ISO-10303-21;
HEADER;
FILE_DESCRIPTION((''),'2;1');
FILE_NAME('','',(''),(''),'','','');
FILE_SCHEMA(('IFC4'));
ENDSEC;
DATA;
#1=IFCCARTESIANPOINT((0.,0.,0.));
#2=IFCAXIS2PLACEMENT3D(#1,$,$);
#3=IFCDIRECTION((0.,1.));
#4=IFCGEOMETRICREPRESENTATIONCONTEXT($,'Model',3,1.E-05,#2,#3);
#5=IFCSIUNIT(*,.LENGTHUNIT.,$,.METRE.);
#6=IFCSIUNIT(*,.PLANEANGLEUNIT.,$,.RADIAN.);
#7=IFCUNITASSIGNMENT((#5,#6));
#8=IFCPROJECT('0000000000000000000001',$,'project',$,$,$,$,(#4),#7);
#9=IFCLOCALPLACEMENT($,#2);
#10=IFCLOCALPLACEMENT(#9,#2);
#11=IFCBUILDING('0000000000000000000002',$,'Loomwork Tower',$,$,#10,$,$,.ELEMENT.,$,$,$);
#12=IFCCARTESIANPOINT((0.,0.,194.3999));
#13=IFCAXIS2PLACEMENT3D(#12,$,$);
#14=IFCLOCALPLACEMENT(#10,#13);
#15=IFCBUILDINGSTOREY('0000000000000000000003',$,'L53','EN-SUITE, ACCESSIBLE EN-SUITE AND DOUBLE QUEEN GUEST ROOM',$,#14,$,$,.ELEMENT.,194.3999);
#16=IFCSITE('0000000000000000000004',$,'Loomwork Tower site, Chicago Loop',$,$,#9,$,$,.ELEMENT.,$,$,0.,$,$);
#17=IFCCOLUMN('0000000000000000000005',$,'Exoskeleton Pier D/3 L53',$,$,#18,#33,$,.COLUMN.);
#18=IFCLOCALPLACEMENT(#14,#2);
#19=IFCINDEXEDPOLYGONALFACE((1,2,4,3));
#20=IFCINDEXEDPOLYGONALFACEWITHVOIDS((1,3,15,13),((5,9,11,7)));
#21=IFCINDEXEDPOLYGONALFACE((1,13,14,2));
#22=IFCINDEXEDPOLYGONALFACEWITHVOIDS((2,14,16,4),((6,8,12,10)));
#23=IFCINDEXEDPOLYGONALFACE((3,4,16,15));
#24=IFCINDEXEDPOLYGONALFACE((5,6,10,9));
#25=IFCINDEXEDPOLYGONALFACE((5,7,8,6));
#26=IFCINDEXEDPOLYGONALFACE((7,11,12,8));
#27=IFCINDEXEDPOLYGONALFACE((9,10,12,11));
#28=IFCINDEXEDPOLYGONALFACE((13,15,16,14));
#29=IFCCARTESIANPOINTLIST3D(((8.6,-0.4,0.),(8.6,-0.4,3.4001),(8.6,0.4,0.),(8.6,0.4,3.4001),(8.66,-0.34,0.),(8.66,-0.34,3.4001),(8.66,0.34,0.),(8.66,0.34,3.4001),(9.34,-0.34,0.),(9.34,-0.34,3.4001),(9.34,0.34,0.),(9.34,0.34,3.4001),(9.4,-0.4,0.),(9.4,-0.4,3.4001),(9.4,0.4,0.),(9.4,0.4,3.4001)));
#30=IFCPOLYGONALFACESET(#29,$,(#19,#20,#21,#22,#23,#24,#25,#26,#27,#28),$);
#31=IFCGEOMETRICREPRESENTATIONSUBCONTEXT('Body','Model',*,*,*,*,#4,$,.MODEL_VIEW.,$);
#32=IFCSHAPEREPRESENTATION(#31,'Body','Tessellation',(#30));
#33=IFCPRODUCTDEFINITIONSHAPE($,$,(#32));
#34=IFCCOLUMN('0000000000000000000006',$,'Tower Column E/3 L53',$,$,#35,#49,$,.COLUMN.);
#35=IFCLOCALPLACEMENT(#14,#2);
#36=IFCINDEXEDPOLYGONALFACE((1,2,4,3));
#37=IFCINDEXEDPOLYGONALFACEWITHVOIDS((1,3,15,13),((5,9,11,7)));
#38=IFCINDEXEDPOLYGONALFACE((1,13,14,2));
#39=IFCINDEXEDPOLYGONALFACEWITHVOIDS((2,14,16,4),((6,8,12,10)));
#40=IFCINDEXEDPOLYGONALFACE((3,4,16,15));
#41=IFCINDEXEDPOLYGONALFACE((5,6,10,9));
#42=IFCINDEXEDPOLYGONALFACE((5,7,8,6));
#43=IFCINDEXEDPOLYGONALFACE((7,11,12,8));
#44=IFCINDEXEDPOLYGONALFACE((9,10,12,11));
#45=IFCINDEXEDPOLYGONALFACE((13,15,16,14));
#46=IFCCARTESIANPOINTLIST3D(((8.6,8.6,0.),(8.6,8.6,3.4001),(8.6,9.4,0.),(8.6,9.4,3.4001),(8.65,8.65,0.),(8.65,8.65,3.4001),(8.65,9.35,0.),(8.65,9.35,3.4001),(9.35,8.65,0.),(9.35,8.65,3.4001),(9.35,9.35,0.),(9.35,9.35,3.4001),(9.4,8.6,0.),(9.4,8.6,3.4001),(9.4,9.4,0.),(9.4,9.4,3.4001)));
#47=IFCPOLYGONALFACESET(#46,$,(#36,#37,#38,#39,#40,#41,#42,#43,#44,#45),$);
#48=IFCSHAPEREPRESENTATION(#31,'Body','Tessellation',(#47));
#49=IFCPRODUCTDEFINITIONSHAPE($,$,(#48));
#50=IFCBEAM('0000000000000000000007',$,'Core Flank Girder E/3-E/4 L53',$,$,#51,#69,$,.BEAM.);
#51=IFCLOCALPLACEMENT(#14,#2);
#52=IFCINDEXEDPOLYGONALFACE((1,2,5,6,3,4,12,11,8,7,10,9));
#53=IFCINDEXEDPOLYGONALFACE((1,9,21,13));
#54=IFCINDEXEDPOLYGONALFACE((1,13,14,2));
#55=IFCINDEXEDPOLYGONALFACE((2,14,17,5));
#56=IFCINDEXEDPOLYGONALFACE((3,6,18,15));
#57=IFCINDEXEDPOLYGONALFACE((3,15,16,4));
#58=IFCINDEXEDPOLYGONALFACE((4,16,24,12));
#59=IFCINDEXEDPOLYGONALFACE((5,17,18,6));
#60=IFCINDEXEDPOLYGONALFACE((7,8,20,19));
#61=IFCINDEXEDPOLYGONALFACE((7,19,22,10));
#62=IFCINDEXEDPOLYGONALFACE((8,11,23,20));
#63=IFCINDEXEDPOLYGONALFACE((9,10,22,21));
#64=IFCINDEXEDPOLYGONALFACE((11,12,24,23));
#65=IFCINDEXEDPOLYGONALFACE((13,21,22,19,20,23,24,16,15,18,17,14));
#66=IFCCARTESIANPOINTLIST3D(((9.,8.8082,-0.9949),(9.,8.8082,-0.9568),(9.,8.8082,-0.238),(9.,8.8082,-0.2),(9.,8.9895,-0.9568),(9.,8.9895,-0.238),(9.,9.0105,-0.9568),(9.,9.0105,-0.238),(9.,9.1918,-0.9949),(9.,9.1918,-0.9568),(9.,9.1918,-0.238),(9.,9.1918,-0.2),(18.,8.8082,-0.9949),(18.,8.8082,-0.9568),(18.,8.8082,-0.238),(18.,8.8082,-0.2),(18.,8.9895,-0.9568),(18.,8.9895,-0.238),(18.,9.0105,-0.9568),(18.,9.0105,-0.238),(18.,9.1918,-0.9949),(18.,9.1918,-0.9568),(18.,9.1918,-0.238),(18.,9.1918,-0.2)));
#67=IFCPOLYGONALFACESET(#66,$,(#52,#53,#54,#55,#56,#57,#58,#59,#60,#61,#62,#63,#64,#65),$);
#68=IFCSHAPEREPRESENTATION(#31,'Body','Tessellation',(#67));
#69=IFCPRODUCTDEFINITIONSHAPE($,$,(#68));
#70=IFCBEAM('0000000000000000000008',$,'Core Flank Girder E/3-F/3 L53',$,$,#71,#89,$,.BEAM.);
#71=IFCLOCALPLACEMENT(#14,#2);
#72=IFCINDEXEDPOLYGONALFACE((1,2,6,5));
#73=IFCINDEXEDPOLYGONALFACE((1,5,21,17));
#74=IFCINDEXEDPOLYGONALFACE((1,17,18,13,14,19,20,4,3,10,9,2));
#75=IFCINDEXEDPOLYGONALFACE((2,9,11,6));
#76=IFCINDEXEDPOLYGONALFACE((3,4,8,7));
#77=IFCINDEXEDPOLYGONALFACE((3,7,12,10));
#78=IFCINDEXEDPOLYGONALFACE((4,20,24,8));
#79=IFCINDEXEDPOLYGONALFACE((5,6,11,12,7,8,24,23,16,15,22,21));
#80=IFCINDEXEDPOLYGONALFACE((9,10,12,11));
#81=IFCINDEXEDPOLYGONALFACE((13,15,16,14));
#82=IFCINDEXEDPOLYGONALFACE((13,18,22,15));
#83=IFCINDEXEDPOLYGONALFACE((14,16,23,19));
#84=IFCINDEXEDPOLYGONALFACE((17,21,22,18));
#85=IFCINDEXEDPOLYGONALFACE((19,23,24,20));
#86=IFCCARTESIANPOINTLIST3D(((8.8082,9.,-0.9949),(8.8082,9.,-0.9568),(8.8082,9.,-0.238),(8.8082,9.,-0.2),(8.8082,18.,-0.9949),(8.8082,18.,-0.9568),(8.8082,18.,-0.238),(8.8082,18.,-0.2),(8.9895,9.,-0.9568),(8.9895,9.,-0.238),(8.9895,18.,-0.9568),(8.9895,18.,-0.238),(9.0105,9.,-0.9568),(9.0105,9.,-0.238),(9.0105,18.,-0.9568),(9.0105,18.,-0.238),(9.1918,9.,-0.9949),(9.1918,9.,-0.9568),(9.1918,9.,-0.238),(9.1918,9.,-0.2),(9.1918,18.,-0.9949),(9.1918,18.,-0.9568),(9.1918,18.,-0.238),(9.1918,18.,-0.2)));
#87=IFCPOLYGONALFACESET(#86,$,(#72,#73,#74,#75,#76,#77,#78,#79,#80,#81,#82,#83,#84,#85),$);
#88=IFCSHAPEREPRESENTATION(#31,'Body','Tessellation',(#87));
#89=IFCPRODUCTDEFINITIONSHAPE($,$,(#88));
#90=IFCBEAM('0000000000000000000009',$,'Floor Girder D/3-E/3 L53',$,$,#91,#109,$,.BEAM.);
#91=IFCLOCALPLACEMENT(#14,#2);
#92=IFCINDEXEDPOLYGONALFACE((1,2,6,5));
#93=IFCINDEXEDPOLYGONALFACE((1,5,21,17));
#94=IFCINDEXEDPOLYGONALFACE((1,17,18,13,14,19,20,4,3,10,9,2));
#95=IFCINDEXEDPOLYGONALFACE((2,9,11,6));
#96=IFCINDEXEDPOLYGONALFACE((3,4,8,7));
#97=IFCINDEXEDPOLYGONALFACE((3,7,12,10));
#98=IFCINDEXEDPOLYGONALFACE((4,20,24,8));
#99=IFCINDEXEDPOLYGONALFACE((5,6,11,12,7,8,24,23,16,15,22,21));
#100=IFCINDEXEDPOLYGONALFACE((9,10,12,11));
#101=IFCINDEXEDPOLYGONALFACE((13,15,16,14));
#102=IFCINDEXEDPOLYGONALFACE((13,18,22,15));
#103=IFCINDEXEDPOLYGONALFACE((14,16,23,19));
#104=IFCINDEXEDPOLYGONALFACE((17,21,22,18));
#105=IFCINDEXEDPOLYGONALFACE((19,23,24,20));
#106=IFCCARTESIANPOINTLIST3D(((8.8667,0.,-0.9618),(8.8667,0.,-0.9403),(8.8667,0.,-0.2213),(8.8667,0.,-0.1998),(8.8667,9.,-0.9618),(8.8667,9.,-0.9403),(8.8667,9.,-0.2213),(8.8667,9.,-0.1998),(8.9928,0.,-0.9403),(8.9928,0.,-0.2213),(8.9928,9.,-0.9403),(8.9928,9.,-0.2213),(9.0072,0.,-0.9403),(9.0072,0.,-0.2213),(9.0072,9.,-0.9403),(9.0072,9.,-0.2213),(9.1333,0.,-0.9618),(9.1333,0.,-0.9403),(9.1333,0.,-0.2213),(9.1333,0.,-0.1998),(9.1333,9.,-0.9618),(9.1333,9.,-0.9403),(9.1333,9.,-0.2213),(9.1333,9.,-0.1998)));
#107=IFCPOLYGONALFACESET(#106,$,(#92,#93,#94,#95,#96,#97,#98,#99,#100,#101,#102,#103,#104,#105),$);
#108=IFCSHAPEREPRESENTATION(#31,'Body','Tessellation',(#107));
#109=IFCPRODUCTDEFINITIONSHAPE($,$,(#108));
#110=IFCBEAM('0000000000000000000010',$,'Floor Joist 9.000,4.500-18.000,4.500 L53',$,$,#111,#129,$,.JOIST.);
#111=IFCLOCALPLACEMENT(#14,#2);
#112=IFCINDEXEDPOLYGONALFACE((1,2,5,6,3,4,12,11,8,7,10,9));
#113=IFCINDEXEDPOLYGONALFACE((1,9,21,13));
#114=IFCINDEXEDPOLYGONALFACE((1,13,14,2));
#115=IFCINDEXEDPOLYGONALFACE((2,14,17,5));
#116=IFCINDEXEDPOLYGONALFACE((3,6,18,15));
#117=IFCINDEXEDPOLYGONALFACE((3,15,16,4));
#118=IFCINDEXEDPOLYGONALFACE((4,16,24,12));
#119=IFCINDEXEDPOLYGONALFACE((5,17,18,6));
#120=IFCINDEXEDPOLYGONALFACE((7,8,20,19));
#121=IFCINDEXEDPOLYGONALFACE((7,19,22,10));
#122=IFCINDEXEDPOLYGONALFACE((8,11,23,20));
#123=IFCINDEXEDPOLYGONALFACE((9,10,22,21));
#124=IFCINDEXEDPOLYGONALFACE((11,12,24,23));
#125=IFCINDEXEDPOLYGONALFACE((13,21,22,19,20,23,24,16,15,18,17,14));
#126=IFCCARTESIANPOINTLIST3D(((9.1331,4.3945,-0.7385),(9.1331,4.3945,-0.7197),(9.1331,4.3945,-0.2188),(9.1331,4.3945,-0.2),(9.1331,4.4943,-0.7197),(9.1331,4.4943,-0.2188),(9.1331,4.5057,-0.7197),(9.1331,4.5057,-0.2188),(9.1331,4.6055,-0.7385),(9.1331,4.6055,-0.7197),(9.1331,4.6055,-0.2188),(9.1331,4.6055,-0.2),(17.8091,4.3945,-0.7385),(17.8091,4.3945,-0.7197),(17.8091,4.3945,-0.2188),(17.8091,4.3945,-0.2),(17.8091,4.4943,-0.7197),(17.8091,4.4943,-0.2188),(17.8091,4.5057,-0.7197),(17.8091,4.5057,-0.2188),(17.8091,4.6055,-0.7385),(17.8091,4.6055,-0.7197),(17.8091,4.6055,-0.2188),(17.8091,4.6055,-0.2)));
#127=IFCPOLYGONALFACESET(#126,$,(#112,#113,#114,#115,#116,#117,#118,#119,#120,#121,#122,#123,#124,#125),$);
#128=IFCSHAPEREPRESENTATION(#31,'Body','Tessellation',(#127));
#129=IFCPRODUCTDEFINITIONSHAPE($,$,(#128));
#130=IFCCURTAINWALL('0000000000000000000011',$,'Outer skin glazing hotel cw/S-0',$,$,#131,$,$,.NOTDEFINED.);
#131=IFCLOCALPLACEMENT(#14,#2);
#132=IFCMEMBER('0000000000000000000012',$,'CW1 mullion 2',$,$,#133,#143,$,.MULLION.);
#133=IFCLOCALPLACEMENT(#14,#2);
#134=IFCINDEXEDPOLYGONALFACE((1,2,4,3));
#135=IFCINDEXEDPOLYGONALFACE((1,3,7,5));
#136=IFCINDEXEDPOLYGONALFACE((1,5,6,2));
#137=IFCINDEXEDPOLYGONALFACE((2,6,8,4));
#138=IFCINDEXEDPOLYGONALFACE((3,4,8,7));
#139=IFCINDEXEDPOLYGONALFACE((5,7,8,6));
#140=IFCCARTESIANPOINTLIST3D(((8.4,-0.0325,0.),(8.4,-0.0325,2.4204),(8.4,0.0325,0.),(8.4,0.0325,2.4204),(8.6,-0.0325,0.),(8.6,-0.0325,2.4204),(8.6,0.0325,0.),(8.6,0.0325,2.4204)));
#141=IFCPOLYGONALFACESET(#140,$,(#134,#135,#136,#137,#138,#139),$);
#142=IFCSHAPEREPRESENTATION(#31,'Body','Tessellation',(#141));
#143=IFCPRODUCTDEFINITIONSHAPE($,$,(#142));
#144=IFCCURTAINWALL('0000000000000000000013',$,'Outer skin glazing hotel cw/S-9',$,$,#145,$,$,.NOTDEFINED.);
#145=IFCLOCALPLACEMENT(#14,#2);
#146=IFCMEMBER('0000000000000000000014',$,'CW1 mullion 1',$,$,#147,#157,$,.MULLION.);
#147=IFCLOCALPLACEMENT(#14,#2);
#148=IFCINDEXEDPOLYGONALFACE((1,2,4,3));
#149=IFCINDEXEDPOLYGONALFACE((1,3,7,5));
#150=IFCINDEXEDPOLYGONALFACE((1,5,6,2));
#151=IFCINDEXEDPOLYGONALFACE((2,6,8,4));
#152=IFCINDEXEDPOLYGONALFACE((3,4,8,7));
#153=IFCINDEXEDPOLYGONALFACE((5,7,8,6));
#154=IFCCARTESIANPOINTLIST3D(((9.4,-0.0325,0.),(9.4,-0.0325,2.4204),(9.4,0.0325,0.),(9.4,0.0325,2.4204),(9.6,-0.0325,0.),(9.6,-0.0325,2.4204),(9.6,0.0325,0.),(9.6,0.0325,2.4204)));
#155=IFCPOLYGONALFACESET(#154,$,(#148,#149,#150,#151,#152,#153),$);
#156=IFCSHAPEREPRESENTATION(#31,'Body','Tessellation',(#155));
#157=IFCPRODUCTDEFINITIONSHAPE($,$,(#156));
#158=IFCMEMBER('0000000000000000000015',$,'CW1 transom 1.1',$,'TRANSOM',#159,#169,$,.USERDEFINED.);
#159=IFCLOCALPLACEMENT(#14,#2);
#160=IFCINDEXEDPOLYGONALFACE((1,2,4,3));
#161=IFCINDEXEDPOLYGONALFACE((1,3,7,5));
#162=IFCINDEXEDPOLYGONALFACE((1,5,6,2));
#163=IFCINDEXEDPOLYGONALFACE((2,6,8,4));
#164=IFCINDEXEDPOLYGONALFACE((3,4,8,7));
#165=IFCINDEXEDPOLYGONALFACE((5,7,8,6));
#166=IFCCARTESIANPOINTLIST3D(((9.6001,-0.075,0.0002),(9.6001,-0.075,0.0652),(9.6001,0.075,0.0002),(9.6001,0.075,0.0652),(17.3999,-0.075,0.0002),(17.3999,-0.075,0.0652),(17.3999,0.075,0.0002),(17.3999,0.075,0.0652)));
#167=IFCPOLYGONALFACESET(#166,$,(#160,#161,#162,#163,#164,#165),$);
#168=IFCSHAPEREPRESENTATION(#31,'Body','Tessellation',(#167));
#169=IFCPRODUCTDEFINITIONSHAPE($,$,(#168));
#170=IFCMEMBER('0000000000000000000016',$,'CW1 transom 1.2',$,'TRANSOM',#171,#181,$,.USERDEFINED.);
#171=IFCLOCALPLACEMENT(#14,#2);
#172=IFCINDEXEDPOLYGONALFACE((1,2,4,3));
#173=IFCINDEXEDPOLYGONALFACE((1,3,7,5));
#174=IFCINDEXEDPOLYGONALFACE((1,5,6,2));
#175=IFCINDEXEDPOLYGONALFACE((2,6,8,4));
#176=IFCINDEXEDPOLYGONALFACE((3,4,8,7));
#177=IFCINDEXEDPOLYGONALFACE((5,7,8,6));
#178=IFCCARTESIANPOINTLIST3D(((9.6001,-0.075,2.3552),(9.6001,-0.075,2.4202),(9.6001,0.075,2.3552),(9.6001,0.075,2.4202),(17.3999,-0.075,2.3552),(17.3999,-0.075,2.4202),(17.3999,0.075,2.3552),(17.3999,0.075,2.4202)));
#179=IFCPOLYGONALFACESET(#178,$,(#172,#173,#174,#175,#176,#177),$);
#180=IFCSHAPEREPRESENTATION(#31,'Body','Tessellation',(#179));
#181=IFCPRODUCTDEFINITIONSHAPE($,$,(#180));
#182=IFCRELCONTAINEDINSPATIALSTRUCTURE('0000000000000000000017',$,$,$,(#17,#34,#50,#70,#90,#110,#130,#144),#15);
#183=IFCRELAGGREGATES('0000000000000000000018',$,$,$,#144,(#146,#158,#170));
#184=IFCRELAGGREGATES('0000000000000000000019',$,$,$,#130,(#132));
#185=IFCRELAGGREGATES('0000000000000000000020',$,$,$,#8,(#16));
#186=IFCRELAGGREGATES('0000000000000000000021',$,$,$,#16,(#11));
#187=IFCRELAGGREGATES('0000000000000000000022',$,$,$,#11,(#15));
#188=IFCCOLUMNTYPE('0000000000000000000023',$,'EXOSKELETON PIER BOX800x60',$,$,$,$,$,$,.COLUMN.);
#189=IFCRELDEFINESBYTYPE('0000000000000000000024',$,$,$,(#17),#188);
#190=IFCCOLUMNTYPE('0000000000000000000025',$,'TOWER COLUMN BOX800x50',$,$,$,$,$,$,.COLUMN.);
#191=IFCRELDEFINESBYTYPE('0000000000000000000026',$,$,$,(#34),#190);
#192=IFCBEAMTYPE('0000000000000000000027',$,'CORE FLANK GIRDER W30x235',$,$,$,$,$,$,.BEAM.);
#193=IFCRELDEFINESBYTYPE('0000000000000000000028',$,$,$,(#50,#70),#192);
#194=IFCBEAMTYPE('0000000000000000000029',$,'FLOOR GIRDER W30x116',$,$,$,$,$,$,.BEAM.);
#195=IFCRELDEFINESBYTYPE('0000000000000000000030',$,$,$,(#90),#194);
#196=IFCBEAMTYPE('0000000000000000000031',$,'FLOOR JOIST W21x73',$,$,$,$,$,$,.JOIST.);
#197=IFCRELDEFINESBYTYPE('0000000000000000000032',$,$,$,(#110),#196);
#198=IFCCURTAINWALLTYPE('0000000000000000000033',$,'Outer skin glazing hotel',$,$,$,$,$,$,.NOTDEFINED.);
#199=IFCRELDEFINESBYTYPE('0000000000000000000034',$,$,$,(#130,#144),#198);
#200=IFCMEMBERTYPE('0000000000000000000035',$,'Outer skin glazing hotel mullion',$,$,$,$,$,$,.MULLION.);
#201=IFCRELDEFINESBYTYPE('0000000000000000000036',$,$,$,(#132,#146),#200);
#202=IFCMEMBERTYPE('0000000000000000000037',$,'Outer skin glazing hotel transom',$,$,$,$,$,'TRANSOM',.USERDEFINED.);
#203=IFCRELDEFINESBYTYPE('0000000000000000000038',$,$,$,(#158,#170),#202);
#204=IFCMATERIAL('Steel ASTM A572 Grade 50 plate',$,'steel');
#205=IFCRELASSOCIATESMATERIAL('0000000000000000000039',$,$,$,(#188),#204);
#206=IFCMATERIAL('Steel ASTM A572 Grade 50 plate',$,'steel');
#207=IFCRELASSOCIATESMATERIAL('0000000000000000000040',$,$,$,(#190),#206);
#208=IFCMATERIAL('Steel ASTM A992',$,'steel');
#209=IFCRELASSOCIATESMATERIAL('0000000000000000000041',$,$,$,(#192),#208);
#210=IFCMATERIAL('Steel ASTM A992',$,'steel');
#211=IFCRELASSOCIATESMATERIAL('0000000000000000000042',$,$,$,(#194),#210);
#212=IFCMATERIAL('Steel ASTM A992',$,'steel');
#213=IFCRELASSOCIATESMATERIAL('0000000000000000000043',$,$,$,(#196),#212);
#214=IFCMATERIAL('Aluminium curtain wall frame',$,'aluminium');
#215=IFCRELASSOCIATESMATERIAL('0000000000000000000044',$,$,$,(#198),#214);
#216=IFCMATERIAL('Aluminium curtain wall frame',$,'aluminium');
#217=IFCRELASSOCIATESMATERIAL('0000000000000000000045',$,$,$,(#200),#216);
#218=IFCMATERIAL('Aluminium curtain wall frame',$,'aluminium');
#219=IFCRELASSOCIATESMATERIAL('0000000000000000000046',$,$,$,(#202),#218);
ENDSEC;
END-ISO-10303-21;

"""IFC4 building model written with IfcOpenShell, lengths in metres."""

from ifc_helpers import new_model, si_unit, direction, frame, origin, origin_2d, place, context, subcontext, project, spatial, rectangle, hollow_rectangle, i_section, extrude, material, material_profile, profile_set, type_object, element, aggregate, save


model = new_model("IFC4")

# Units and contexts
model_context = context("Model", 3, precision=1e-05, world=origin(), true_north=direction((0.0, 1.0)))
body_context = subcontext(model_context, "Body", "Model", "MODEL_VIEW")
ifc_project = project(units=[si_unit("LENGTHUNIT", "METRE"), si_unit("PLANEANGLEUNIT", "RADIAN")], contexts=[model_context])

# Site, building, storey
site_placement = place(None, origin())
site = spatial("IfcSite", under=ifc_project, at=site_placement, Name="Loomwork Tower site, Chicago Loop", CompositionType="ELEMENT", RefElevation=0.0)
building_placement = place(site_placement, origin())
building = spatial("IfcBuilding", under=site, at=building_placement, Name="Loomwork Tower", CompositionType="ELEMENT")
storey_placement = place(building_placement, frame((0.0, 0.0, 194.3999)))
storey = spatial("IfcBuildingStorey", under=building, at=storey_placement, Name="L53", Description="EN-SUITE, ACCESSIBLE EN-SUITE AND DOUBLE QUEEN GUEST ROOM", CompositionType="ELEMENT", Elevation=194.3999)

# Columns
ifc_material_1 = material(Name="Steel ASTM A572 Grade 50 plate", Category="steel")
ifc_material_profile_1 = material_profile(ifc_material_1, hollow_rectangle(XDim=0.8, YDim=0.8, WallThickness=0.0601, at=origin_2d()), Name="BOX800x60")
ifc_profile_set_1 = profile_set([ifc_material_profile_1], Name="Steel ASTM A572 Grade 50 plate")
column_type_1 = type_object("IfcColumnType", Name="EXOSKELETON PIER BOX800x60", PredefinedType="COLUMN", material=ifc_profile_set_1)
column_1_placement = place(storey_placement, frame((9.0, 0.0, 0.0), z_axis=(0.0, 0.0, 1.0), x_axis=(1.0, 0.0, 0.0)))
element("IfcColumn", 1, at=column_1_placement, inside=storey, type_object=column_type_1, Name="Exoskeleton Pier D/3 L53", PredefinedType="COLUMN", context=body_context, shape_type="SweptSolid", body=[
    extrude(hollow_rectangle(XDim=0.8, YDim=0.8, WallThickness=0.0601, at=origin_2d()), origin(), (0.0, 0.0, 1.0), 3.4001),
])
ifc_material_2 = material(Name="Steel ASTM A572 Grade 50 plate", Category="steel")
ifc_material_profile_2 = material_profile(ifc_material_2, hollow_rectangle(XDim=0.8, YDim=0.8, WallThickness=0.05, at=origin_2d()), Name="BOX800x50")
ifc_profile_set_2 = profile_set([ifc_material_profile_2], Name="Steel ASTM A572 Grade 50 plate")
column_type_2 = type_object("IfcColumnType", Name="TOWER COLUMN BOX800x50", PredefinedType="COLUMN", material=ifc_profile_set_2)
column_2_placement = place(storey_placement, frame((9.0, 9.0, 0.0), z_axis=(0.0, 0.0, 1.0), x_axis=(1.0, 0.0, 0.0)))
element("IfcColumn", 2, at=column_2_placement, inside=storey, type_object=column_type_2, Name="Tower Column E/3 L53", PredefinedType="COLUMN", context=body_context, shape_type="SweptSolid", body=[
    extrude(hollow_rectangle(XDim=0.8, YDim=0.8, WallThickness=0.05, at=origin_2d()), origin(), (0.0, 0.0, 1.0), 3.4001),
])

# Beams
ifc_material_3 = material(Name="Steel ASTM A992", Category="steel")
ifc_material_profile_3 = material_profile(ifc_material_3, i_section(OverallWidth=0.3835, OverallDepth=0.7949, WebThickness=0.021, FlangeThickness=0.0381, at=origin_2d()), Name="W30x235")
ifc_profile_set_3 = profile_set([ifc_material_profile_3], Name="Steel ASTM A992")
beam_type_1 = type_object("IfcBeamType", Name="CORE FLANK GIRDER W30x235", PredefinedType="BEAM", material=ifc_profile_set_3)
for number, where, z_axis, x_axis, name in (
    (3, (9.0, 9.0, -0.5974), (1.0, 0.0, 0.0), (0.0, 1.0, 0.0), "Core Flank Girder E/3-E/4 L53"),
    (4, (9.0, 9.0, -0.5974), (0.0, 1.0, 0.0), (-1.0, 0.0, 0.0), "Core Flank Girder E/3-F/3 L53"),
):
    element("IfcBeam", number, at=place(storey_placement, frame(where, z_axis=z_axis, x_axis=x_axis)), inside=storey, type_object=beam_type_1, Name=name, PredefinedType="BEAM", context=body_context, shape_type="SweptSolid", body=[
        extrude(i_section(OverallWidth=0.3835, OverallDepth=0.7949, WebThickness=0.021, FlangeThickness=0.0381, at=origin_2d()), origin(), (0.0, 0.0, 1.0), 9.0),
    ])
ifc_material_4 = material(Name="Steel ASTM A992", Category="steel")
ifc_material_profile_4 = material_profile(ifc_material_4, i_section(OverallWidth=0.2666, OverallDepth=0.762, WebThickness=0.0144, FlangeThickness=0.0215, at=origin_2d()), Name="W30x116")
ifc_profile_set_4 = profile_set([ifc_material_profile_4], Name="Steel ASTM A992")
beam_type_2 = type_object("IfcBeamType", Name="FLOOR GIRDER W30x116", PredefinedType="BEAM", material=ifc_profile_set_4)
beam_1_placement = place(storey_placement, frame((9.0, 0.0, -0.5808), z_axis=(0.0, 1.0, 0.0), x_axis=(-1.0, 0.0, 0.0)))
element("IfcBeam", 5, at=beam_1_placement, inside=storey, type_object=beam_type_2, Name="Floor Girder D/3-E/3 L53", PredefinedType="BEAM", context=body_context, shape_type="SweptSolid", body=[
    extrude(i_section(OverallWidth=0.2666, OverallDepth=0.762, WebThickness=0.0144, FlangeThickness=0.0215, at=origin_2d()), origin(), (0.0, 0.0, 1.0), 9.0),
])
ifc_material_5 = material(Name="Steel ASTM A992", Category="steel")
ifc_material_profile_5 = material_profile(ifc_material_5, i_section(OverallWidth=0.2109, OverallDepth=0.5386, WebThickness=0.0115, FlangeThickness=0.0188, at=origin_2d()), Name="W21x73")
ifc_profile_set_5 = profile_set([ifc_material_profile_5], Name="Steel ASTM A992")
beam_type_3 = type_object("IfcBeamType", Name="FLOOR JOIST W21x73", PredefinedType="JOIST", material=ifc_profile_set_5)
beam_2_placement = place(storey_placement, frame((9.1331, 4.5, -0.4692), z_axis=(1.0, 0.0, 0.0), x_axis=(0.0, 1.0, 0.0)))
element("IfcBeam", 6, at=beam_2_placement, inside=storey, type_object=beam_type_3, Name="Floor Joist 9.000,4.500-18.000,4.500 L53", PredefinedType="JOIST", context=body_context, shape_type="SweptSolid", body=[
    extrude(i_section(OverallWidth=0.2109, OverallDepth=0.5386, WebThickness=0.0115, FlangeThickness=0.0188, at=origin_2d()), origin(), (0.0, 0.0, 1.0), 8.676),
])

# Curtain wall, member
ifc_material_6 = material(Name="Aluminium curtain wall frame", Category="aluminium")
curtain_wall_type = type_object("IfcCurtainWallType", Name="Outer skin glazing hotel", PredefinedType="NOTDEFINED", material=ifc_material_6)
curtain_wall_1_placement = place(storey_placement, origin())
curtain_wall_1 = element("IfcCurtainWall", 7, at=curtain_wall_1_placement, inside=storey, type_object=curtain_wall_type, Name="Outer skin glazing hotel cw/S-0", PredefinedType="NOTDEFINED")
ifc_material_7 = material(Name="Aluminium curtain wall frame", Category="aluminium")
ifc_material_profile_6 = material_profile(ifc_material_7, rectangle(XDim=0.0649, YDim=0.2, at=origin_2d()), Name="AL 65x200")
ifc_profile_set_6 = profile_set([ifc_material_profile_6], Name="Aluminium curtain wall frame")
member_type_1 = type_object("IfcMemberType", Name="Outer skin glazing hotel mullion", PredefinedType="MULLION", material=ifc_profile_set_6)
member_1_placement = place(storey_placement, frame((8.5, 0.0, 0.0), z_axis=(0.0, 0.0, 1.0), x_axis=(0.0, 1.0, 0.0)))
member_1 = element("IfcMember", 8, at=member_1_placement, type_object=member_type_1, Name="CW1 mullion 2", PredefinedType="MULLION", context=body_context, shape_type="SweptSolid", body=[
    extrude(rectangle(XDim=0.0649, YDim=0.2, at=origin_2d()), origin(), (0.0, 0.0, 1.0), 2.4204),
])

# Curtain wall, members
curtain_wall_2_placement = place(storey_placement, origin())
curtain_wall_2 = element("IfcCurtainWall", 9, at=curtain_wall_2_placement, inside=storey, type_object=curtain_wall_type, Name="Outer skin glazing hotel cw/S-9", PredefinedType="NOTDEFINED")
member_2_placement = place(storey_placement, frame((9.5, 0.0, 0.0), z_axis=(0.0, 0.0, 1.0), x_axis=(0.0, 1.0, 0.0)))
member_2 = element("IfcMember", 10, at=member_2_placement, type_object=member_type_1, Name="CW1 mullion 1", PredefinedType="MULLION", context=body_context, shape_type="SweptSolid", body=[
    extrude(rectangle(XDim=0.0649, YDim=0.2, at=origin_2d()), origin(), (0.0, 0.0, 1.0), 2.4204),
])
ifc_material_8 = material(Name="Aluminium curtain wall frame", Category="aluminium")
ifc_material_profile_7 = material_profile(ifc_material_8, rectangle(XDim=0.1499, YDim=0.0649, at=origin_2d()), Name="AL 65x150")
ifc_profile_set_7 = profile_set([ifc_material_profile_7], Name="Aluminium curtain wall frame")
member_type_2 = type_object("IfcMemberType", Name="Outer skin glazing hotel transom", ElementType="TRANSOM", PredefinedType="USERDEFINED", material=ifc_profile_set_7)
member_3_placement = place(storey_placement, frame((9.6001, 0.0, 0.0327), z_axis=(1.0, 0.0, 0.0), x_axis=(0.0, 1.0, 0.0)))
member_3 = element("IfcMember", 11, at=member_3_placement, type_object=member_type_2, Name="CW1 transom 1.1", ObjectType="TRANSOM", PredefinedType="USERDEFINED", context=body_context, shape_type="SweptSolid", body=[
    extrude(rectangle(XDim=0.1499, YDim=0.0649, at=origin_2d()), origin(), (0.0, 0.0, 1.0), 7.7998),
])
member_4_placement = place(storey_placement, frame((9.6001, 0.0, 2.3877), z_axis=(1.0, 0.0, 0.0), x_axis=(0.0, 1.0, 0.0)))
member_4 = element("IfcMember", 12, at=member_4_placement, type_object=member_type_2, Name="CW1 transom 1.2", ObjectType="TRANSOM", PredefinedType="USERDEFINED", context=body_context, shape_type="SweptSolid", body=[
    extrude(rectangle(XDim=0.1499, YDim=0.0649, at=origin_2d()), origin(), (0.0, 0.0, 1.0), 7.7998),
])
aggregate(curtain_wall_2, [member_2, member_3, member_4])

aggregate(curtain_wall_1, [member_1])

save(model, "model.ifc")
